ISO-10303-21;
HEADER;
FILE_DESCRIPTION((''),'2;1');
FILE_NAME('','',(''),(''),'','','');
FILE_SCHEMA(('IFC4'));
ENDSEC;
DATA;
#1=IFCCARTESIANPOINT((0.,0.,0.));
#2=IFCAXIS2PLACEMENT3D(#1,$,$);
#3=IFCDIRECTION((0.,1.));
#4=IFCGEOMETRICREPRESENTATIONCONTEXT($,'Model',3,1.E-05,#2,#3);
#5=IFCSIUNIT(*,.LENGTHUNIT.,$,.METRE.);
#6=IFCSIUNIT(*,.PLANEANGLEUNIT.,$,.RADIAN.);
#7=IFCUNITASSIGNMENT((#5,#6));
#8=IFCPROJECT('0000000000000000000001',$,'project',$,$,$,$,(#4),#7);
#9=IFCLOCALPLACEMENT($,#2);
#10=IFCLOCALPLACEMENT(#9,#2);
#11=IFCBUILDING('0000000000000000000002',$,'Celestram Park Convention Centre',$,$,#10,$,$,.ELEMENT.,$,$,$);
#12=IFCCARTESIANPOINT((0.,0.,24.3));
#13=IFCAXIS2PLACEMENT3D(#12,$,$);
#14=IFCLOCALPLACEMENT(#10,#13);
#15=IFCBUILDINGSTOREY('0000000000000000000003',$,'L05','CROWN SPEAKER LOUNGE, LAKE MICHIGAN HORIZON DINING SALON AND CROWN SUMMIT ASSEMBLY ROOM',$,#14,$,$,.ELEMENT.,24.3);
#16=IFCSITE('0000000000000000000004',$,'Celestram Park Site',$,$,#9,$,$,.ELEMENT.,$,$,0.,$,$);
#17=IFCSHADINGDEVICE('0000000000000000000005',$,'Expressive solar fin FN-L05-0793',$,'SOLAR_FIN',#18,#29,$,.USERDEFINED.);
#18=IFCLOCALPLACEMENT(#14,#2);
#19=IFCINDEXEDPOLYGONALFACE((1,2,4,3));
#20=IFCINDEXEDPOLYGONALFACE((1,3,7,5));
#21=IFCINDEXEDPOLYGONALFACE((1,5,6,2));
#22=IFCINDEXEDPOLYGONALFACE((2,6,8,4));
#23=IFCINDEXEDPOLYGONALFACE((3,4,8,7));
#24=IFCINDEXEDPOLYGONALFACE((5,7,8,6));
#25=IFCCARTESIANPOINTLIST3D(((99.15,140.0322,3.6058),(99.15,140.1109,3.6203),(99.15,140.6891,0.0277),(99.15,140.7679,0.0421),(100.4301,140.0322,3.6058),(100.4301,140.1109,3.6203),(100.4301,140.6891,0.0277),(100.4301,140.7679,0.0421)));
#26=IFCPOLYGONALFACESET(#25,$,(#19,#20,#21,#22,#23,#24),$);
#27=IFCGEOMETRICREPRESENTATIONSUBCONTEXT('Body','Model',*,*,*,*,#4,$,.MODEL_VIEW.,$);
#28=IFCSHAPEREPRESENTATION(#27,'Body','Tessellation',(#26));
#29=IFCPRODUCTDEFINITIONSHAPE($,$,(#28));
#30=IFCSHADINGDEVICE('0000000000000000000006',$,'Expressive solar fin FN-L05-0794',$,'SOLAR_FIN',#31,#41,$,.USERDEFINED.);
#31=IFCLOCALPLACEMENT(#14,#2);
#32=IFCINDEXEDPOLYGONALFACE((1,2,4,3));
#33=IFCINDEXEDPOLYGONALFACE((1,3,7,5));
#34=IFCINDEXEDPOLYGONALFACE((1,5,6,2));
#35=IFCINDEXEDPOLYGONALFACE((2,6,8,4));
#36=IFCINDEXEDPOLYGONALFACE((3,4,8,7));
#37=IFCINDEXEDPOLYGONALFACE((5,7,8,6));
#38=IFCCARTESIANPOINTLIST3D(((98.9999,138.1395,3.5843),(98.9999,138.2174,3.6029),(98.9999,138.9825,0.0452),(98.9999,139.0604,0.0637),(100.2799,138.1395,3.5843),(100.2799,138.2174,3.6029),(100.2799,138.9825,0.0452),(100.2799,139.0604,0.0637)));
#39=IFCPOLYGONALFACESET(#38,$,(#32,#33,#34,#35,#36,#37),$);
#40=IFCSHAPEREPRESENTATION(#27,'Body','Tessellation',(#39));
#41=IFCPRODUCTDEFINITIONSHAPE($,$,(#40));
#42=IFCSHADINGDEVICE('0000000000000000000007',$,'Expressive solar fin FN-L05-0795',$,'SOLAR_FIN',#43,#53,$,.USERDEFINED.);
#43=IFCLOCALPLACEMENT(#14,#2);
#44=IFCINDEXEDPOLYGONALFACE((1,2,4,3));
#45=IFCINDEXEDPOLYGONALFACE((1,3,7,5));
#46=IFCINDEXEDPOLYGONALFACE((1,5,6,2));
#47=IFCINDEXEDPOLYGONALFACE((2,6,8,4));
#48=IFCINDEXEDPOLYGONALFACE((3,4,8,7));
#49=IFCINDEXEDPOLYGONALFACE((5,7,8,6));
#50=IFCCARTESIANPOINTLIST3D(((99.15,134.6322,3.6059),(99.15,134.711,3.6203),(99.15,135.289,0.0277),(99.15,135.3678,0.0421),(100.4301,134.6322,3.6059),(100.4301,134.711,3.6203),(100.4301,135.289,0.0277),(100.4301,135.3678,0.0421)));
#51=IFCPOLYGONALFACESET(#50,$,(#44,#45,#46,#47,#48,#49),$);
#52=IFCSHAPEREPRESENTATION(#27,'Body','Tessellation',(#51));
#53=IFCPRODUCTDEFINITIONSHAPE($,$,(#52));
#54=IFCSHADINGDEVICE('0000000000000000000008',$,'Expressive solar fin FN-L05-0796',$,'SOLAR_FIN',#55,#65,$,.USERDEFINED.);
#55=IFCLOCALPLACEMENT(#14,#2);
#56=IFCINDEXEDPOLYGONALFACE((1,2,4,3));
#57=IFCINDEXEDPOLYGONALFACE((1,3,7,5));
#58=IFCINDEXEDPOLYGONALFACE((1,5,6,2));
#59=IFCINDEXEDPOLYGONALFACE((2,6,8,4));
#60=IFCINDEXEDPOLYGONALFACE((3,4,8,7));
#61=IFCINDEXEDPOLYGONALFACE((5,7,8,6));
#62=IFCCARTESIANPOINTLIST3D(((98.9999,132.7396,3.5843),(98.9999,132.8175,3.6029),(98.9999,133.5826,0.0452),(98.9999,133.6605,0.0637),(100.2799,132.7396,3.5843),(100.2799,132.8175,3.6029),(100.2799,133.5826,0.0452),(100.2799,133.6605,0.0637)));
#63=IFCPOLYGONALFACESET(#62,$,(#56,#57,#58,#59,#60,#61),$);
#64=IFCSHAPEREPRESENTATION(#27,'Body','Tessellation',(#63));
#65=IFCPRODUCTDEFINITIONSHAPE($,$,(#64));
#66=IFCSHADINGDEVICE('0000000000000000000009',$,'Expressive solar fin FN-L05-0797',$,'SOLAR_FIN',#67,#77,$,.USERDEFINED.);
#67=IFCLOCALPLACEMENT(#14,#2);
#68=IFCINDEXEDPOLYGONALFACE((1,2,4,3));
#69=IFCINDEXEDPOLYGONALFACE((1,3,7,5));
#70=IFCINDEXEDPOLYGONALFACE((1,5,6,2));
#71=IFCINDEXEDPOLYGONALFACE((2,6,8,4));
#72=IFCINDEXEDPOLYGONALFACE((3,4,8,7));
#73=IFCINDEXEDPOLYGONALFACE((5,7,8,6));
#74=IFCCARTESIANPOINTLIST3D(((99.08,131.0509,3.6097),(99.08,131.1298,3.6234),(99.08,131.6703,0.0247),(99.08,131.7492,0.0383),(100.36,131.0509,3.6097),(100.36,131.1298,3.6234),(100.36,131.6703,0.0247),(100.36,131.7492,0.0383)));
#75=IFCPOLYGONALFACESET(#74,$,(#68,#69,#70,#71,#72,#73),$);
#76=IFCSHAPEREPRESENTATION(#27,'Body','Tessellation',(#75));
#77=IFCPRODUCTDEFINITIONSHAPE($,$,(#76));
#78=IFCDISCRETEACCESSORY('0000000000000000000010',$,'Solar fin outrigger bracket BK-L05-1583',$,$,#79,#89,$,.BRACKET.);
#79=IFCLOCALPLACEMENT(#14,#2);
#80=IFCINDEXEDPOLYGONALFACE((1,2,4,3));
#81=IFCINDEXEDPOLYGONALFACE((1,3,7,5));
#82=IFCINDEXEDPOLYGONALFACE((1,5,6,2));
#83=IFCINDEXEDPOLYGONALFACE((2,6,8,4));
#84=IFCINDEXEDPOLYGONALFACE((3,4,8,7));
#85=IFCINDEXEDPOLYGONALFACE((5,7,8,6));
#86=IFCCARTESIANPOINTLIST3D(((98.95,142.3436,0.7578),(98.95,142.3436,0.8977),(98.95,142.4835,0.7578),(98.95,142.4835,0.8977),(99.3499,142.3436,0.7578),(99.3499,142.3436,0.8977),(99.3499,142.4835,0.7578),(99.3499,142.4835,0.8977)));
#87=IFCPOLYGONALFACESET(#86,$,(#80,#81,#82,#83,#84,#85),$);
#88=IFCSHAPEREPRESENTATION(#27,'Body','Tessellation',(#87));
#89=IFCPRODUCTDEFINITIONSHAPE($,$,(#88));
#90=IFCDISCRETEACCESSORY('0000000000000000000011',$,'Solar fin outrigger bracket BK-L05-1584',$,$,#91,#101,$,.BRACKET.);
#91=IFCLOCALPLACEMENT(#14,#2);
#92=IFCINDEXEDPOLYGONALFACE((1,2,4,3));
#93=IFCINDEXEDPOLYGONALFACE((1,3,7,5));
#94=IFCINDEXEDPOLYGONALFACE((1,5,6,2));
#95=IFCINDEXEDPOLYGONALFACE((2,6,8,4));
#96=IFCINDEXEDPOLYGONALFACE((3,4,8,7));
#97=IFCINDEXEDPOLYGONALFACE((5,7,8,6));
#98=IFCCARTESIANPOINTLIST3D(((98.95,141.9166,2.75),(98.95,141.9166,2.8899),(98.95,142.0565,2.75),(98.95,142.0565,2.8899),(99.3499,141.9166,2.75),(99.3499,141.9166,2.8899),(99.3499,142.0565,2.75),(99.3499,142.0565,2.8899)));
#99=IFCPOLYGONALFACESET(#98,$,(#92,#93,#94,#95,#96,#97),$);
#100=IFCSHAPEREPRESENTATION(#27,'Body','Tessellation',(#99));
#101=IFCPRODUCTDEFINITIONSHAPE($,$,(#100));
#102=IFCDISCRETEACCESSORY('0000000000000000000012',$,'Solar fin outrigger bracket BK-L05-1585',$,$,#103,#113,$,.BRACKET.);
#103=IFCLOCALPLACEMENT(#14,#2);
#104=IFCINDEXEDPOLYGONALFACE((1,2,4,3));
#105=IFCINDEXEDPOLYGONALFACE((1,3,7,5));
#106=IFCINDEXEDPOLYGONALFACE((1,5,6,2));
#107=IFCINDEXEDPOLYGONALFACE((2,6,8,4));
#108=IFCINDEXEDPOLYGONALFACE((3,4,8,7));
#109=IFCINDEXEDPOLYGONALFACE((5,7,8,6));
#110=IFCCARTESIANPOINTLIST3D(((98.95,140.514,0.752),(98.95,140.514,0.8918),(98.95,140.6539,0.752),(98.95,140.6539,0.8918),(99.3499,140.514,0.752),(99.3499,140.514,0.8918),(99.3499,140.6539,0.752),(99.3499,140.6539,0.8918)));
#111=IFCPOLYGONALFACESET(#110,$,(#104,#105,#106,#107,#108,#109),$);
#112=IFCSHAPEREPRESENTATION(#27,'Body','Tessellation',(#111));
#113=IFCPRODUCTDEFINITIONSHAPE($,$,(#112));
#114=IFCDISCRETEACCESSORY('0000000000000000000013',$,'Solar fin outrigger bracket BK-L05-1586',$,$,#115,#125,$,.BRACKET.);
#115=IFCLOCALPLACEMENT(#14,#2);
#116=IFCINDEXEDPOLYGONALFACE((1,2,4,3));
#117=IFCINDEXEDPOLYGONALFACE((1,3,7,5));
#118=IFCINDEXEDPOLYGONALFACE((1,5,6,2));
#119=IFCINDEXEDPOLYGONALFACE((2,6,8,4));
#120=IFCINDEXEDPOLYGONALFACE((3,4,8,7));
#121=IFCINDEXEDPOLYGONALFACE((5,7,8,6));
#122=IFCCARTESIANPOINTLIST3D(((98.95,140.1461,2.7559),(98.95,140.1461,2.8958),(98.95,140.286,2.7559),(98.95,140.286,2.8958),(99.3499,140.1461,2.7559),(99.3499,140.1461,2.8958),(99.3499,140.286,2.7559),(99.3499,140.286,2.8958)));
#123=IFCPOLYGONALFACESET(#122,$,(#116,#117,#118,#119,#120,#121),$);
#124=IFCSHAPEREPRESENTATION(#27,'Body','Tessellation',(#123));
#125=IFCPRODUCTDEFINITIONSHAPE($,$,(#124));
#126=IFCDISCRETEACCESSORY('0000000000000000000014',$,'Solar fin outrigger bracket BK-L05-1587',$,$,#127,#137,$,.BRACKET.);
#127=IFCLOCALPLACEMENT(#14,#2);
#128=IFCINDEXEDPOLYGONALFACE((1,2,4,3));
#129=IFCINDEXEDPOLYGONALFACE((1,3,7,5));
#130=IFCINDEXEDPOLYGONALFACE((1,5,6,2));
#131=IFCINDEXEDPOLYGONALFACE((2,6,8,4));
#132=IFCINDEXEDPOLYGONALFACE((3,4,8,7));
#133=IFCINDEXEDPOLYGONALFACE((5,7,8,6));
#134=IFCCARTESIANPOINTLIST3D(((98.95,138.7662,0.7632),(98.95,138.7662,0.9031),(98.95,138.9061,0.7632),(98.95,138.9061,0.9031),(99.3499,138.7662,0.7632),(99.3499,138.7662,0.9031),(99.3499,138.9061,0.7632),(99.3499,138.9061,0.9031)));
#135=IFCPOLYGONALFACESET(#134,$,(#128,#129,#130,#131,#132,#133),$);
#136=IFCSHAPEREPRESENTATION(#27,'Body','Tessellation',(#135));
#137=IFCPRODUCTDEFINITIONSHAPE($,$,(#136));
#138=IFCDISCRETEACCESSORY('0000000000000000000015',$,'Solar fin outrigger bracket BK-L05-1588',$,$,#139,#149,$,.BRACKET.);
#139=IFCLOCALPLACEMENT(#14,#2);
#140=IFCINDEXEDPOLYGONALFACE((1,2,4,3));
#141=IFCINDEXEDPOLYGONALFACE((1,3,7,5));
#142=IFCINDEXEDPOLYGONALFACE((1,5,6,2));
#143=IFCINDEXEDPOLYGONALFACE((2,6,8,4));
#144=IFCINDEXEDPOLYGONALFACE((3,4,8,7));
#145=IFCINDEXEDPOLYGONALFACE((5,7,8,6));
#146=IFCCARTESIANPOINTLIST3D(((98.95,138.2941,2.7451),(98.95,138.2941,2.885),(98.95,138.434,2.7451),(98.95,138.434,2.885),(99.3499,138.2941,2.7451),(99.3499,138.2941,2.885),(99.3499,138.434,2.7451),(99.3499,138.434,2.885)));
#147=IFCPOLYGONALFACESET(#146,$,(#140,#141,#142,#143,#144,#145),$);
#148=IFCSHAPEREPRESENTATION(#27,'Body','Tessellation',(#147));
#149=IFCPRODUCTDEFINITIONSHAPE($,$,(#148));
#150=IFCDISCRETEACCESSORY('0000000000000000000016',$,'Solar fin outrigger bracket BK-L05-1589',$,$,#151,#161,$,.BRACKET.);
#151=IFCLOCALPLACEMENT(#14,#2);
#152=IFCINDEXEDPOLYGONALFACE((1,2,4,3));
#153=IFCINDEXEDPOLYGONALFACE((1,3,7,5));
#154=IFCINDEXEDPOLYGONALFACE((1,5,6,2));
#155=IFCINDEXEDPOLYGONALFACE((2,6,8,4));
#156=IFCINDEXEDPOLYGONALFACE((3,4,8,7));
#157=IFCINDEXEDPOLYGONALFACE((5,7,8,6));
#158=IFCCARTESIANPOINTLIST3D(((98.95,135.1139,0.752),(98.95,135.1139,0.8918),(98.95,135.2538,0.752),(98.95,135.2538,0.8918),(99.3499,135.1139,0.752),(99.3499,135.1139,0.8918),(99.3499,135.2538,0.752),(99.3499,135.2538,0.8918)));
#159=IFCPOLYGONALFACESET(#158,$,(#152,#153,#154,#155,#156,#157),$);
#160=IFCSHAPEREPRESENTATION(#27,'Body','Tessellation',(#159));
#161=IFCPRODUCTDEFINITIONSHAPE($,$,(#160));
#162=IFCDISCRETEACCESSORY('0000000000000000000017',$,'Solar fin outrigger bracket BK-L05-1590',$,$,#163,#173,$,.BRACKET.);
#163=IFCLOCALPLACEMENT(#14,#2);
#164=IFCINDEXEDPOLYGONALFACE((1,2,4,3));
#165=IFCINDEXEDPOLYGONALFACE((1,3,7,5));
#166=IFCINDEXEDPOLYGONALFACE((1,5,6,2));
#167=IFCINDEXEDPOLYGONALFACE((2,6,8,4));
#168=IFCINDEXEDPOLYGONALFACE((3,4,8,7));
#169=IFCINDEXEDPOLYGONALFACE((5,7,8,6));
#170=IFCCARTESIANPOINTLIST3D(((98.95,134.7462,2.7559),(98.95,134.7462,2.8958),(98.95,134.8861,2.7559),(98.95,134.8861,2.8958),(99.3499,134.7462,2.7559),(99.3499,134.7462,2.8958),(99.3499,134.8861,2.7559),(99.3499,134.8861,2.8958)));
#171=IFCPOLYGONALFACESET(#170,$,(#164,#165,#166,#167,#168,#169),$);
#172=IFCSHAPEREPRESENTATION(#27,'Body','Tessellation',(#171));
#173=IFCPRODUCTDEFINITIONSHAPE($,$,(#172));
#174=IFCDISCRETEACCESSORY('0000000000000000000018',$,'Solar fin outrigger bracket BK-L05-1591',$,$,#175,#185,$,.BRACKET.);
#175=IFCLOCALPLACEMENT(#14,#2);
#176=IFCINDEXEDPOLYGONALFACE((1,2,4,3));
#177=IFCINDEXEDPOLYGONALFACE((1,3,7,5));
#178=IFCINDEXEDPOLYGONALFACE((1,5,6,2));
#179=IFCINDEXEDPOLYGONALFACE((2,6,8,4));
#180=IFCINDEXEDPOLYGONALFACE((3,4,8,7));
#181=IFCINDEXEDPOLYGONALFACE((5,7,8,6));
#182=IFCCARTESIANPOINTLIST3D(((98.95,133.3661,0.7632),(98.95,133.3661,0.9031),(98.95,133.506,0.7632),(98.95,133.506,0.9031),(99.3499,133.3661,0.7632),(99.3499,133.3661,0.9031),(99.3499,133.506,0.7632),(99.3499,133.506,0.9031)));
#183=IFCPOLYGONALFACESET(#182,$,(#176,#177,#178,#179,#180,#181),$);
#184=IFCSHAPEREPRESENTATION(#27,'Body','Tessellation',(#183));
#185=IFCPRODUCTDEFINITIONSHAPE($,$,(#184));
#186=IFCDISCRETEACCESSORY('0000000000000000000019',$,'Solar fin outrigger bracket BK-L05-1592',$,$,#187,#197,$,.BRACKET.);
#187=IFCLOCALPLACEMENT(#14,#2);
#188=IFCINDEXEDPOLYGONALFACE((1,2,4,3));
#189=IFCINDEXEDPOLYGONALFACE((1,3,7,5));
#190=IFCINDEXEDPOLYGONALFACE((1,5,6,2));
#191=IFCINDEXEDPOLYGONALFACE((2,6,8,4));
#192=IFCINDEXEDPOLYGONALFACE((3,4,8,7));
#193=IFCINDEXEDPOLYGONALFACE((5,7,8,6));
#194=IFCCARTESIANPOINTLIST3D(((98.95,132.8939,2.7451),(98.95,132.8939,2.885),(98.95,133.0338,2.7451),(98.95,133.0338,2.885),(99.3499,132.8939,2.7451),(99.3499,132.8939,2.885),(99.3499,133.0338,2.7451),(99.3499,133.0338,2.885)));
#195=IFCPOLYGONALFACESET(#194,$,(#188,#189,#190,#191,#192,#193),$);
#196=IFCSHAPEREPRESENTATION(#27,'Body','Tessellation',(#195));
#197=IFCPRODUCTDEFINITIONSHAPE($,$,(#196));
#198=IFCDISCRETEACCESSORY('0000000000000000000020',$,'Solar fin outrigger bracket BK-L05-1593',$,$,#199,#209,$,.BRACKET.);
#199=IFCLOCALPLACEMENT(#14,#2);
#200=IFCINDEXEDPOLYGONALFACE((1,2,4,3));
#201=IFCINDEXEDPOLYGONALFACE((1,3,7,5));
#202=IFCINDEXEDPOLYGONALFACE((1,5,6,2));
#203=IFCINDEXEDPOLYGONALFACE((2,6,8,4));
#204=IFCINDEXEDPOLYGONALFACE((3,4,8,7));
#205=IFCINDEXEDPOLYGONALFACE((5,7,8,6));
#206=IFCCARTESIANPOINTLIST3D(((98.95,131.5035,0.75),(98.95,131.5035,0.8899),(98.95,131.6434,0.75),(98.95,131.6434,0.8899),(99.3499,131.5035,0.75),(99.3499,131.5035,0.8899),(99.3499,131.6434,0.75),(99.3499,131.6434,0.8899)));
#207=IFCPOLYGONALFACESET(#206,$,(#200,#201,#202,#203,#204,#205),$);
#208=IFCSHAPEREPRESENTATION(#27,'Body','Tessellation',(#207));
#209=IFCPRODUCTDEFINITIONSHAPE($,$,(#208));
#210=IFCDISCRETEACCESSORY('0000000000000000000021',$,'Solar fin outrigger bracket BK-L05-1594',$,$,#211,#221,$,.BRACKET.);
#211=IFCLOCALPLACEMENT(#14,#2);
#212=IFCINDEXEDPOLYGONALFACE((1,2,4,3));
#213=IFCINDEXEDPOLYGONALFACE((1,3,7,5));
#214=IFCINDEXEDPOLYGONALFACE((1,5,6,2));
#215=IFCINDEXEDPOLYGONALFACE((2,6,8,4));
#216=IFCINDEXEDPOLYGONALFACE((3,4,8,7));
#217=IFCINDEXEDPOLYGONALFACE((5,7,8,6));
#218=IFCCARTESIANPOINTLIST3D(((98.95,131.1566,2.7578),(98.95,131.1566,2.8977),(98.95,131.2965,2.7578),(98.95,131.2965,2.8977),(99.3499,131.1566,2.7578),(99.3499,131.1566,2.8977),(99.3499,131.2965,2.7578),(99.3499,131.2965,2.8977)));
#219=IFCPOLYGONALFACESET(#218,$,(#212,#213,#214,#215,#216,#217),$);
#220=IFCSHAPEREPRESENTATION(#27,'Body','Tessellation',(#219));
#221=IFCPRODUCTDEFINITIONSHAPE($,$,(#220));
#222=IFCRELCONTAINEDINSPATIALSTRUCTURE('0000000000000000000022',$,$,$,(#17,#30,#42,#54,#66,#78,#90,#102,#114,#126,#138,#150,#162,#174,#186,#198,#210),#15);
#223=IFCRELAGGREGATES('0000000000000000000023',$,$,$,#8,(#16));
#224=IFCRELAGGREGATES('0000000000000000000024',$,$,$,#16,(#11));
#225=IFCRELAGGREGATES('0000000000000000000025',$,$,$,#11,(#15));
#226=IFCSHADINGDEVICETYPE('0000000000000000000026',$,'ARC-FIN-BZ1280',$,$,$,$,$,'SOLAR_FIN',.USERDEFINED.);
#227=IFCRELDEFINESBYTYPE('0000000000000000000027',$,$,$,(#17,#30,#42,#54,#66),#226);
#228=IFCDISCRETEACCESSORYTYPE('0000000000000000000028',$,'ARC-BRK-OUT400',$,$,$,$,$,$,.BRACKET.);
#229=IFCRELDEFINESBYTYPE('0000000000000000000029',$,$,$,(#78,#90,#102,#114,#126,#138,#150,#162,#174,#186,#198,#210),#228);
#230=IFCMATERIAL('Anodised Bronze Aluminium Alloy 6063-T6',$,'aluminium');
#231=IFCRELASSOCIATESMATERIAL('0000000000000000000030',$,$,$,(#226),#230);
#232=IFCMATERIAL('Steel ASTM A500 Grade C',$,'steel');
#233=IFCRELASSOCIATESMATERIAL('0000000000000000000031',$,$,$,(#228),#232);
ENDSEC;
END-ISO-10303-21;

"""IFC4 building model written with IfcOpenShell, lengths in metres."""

from ifc_helpers import new_model, si_unit, direction, frame, origin, origin_2d, place, context, subcontext, project, spatial, rectangle, extrude, material, material_profile, profile_set, type_object, element, save


model = new_model("IFC4")

# Units and contexts
model_context = context("Model", 3, precision=1e-05, world=origin(), true_north=direction((0.0, 1.0)))
body_context = subcontext(model_context, "Body", "Model", "MODEL_VIEW")
ifc_project = project(units=[si_unit("LENGTHUNIT", "METRE"), si_unit("PLANEANGLEUNIT", "RADIAN")], contexts=[model_context])

# Site, building, storey
site_placement = place(None, origin())
site = spatial("IfcSite", under=ifc_project, at=site_placement, Name="Celestram Park Site", CompositionType="ELEMENT", RefElevation=0.0)
building_placement = place(site_placement, origin())
building = spatial("IfcBuilding", under=site, at=building_placement, Name="Celestram Park Convention Centre", CompositionType="ELEMENT")
storey_placement = place(building_placement, frame((0.0, 0.0, 24.3)))
storey = spatial("IfcBuildingStorey", under=building, at=storey_placement, Name="L05", Description="CROWN SPEAKER LOUNGE, LAKE MICHIGAN HORIZON DINING SALON AND CROWN SUMMIT ASSEMBLY ROOM", CompositionType="ELEMENT", Elevation=24.3)

# Shading devices
ifc_material_1 = material(Name="Anodised Bronze Aluminium Alloy 6063-T6", Category="aluminium")
ifc_material_profile_1 = material_profile(ifc_material_1, rectangle(XDim=1.28, YDim=0.0801, at=origin_2d()), Name="FIN1280X80")
ifc_profile_set_1 = profile_set([ifc_material_profile_1], Name="Anodised Bronze Aluminium Alloy 6063-T6")
shading_device_type = type_object("IfcShadingDeviceType", Name="ARC-FIN-BZ1280", ElementType="SOLAR_FIN", PredefinedType="USERDEFINED", material=ifc_profile_set_1)
shading_device_1_placement = place(storey_placement, frame((99.79, 140.7285, 0.0349), z_axis=(0.0, -0.180592, 0.983558), x_axis=(1.0, 0.0, 0.0)))
element("IfcShadingDevice", 1, at=shading_device_1_placement, inside=storey, type_object=shading_device_type, Name="Expressive solar fin FN-L05-0793", ObjectType="SOLAR_FIN", PredefinedType="USERDEFINED", context=body_context, shape_type="SweptSolid", body=[
    extrude(rectangle(XDim=1.28, YDim=0.0801, at=origin_2d()), origin(), (0.0, 0.0, 1.0), 3.6379),
])
shading_device_2_placement = place(storey_placement, frame((99.6399, 139.0215, 0.0544), z_axis=(0.0, -0.23172, 0.972782), x_axis=(1.0, 0.0, 0.0)))
element("IfcShadingDevice", 2, at=shading_device_2_placement, inside=storey, type_object=shading_device_type, Name="Expressive solar fin FN-L05-0794", ObjectType="SOLAR_FIN", PredefinedType="USERDEFINED", context=body_context, shape_type="SweptSolid", body=[
    extrude(rectangle(XDim=1.28, YDim=0.0801, at=origin_2d()), origin(), (0.0, 0.0, 1.0), 3.6382),
])
shading_device_3_placement = place(storey_placement, frame((99.79, 135.3284, 0.0349), z_axis=(0.0, -0.180527, 0.98357), x_axis=(1.0, 0.0, 0.0)))
element("IfcShadingDevice", 3, at=shading_device_3_placement, inside=storey, type_object=shading_device_type, Name="Expressive solar fin FN-L05-0795", ObjectType="SOLAR_FIN", PredefinedType="USERDEFINED", context=body_context, shape_type="SweptSolid", body=[
    extrude(rectangle(XDim=1.28, YDim=0.0801, at=origin_2d()), origin(), (0.0, 0.0, 1.0), 3.6379),
])
for number, where, z_axis, x_axis, name in (
    (4, (99.6399, 133.6216, 0.0544), (0.0, -0.23172, 0.972782), (1.0, 0.0, 0.0), "Expressive solar fin FN-L05-0796"),
    (5, (99.72, 131.7097, 0.0315), (0.0, -0.170251, 0.985401), (1.0, 0.0, 0.0), "Expressive solar fin FN-L05-0797"),
):
    element("IfcShadingDevice", number, at=place(storey_placement, frame(where, z_axis=z_axis, x_axis=x_axis)), inside=storey, type_object=shading_device_type, Name=name, ObjectType="SOLAR_FIN", PredefinedType="USERDEFINED", context=body_context, shape_type="SweptSolid", body=[
        extrude(rectangle(XDim=1.28, YDim=0.0801, at=origin_2d()), origin(), (0.0, 0.0, 1.0), 3.6382),
    ])

# Discrete accessories
ifc_material_2 = material(Name="Steel ASTM A500 Grade C", Category="steel")
discrete_accessory_type = type_object("IfcDiscreteAccessoryType", Name="ARC-BRK-OUT400", PredefinedType="BRACKET", material=ifc_material_2)
for number, where, z_axis, x_axis, name in (
    (6, (99.1499, 142.4136, 0.7578), (0.0, 0.0, 1.0), (1.0, 0.0, 0.0), "Solar fin outrigger bracket BK-L05-1583"),
    (7, (99.1499, 141.9866, 2.75), (0.0, 0.0, 1.0), (1.0, 0.0, 0.0), "Solar fin outrigger bracket BK-L05-1584"),
    (8, (99.1499, 140.584, 0.752), (0.0, 0.0, 1.0), (1.0, 0.0, 0.0), "Solar fin outrigger bracket BK-L05-1585"),
    (9, (99.1499, 140.2161, 2.7559), (0.0, 0.0, 1.0), (1.0, 0.0, 0.0), "Solar fin outrigger bracket BK-L05-1586"),
    (10, (99.1499, 138.8362, 0.7632), (0.0, 0.0, 1.0), (1.0, 0.0, 0.0), "Solar fin outrigger bracket BK-L05-1587"),
    (11, (99.1499, 138.364, 2.7451), (0.0, 0.0, 1.0), (1.0, 0.0, 0.0), "Solar fin outrigger bracket BK-L05-1588"),
    (12, (99.1499, 135.1838, 0.752), (0.0, 0.0, 1.0), (1.0, 0.0, 0.0), "Solar fin outrigger bracket BK-L05-1589"),
    (13, (99.1499, 134.8162, 2.7559), (0.0, 0.0, 1.0), (1.0, 0.0, 0.0), "Solar fin outrigger bracket BK-L05-1590"),
    (14, (99.1499, 133.436, 0.7632), (0.0, 0.0, 1.0), (1.0, 0.0, 0.0), "Solar fin outrigger bracket BK-L05-1591"),
    (15, (99.1499, 132.9639, 2.7451), (0.0, 0.0, 1.0), (1.0, 0.0, 0.0), "Solar fin outrigger bracket BK-L05-1592"),
    (16, (99.1499, 131.5735, 0.75), (0.0, 0.0, 1.0), (1.0, 0.0, 0.0), "Solar fin outrigger bracket BK-L05-1593"),
    (17, (99.1499, 131.2266, 2.7578), (0.0, 0.0, 1.0), (1.0, 0.0, 0.0), "Solar fin outrigger bracket BK-L05-1594"),
):
    element("IfcDiscreteAccessory", number, at=place(storey_placement, frame(where, z_axis=z_axis, x_axis=x_axis)), inside=storey, type_object=discrete_accessory_type, Name=name, PredefinedType="BRACKET", context=body_context, shape_type="SweptSolid", body=[
        extrude(rectangle(XDim=0.3999, YDim=0.1399, at=origin_2d()), origin(), (0.0, 0.0, 1.0), 0.1399),
    ])

save(model, "model.ifc")
